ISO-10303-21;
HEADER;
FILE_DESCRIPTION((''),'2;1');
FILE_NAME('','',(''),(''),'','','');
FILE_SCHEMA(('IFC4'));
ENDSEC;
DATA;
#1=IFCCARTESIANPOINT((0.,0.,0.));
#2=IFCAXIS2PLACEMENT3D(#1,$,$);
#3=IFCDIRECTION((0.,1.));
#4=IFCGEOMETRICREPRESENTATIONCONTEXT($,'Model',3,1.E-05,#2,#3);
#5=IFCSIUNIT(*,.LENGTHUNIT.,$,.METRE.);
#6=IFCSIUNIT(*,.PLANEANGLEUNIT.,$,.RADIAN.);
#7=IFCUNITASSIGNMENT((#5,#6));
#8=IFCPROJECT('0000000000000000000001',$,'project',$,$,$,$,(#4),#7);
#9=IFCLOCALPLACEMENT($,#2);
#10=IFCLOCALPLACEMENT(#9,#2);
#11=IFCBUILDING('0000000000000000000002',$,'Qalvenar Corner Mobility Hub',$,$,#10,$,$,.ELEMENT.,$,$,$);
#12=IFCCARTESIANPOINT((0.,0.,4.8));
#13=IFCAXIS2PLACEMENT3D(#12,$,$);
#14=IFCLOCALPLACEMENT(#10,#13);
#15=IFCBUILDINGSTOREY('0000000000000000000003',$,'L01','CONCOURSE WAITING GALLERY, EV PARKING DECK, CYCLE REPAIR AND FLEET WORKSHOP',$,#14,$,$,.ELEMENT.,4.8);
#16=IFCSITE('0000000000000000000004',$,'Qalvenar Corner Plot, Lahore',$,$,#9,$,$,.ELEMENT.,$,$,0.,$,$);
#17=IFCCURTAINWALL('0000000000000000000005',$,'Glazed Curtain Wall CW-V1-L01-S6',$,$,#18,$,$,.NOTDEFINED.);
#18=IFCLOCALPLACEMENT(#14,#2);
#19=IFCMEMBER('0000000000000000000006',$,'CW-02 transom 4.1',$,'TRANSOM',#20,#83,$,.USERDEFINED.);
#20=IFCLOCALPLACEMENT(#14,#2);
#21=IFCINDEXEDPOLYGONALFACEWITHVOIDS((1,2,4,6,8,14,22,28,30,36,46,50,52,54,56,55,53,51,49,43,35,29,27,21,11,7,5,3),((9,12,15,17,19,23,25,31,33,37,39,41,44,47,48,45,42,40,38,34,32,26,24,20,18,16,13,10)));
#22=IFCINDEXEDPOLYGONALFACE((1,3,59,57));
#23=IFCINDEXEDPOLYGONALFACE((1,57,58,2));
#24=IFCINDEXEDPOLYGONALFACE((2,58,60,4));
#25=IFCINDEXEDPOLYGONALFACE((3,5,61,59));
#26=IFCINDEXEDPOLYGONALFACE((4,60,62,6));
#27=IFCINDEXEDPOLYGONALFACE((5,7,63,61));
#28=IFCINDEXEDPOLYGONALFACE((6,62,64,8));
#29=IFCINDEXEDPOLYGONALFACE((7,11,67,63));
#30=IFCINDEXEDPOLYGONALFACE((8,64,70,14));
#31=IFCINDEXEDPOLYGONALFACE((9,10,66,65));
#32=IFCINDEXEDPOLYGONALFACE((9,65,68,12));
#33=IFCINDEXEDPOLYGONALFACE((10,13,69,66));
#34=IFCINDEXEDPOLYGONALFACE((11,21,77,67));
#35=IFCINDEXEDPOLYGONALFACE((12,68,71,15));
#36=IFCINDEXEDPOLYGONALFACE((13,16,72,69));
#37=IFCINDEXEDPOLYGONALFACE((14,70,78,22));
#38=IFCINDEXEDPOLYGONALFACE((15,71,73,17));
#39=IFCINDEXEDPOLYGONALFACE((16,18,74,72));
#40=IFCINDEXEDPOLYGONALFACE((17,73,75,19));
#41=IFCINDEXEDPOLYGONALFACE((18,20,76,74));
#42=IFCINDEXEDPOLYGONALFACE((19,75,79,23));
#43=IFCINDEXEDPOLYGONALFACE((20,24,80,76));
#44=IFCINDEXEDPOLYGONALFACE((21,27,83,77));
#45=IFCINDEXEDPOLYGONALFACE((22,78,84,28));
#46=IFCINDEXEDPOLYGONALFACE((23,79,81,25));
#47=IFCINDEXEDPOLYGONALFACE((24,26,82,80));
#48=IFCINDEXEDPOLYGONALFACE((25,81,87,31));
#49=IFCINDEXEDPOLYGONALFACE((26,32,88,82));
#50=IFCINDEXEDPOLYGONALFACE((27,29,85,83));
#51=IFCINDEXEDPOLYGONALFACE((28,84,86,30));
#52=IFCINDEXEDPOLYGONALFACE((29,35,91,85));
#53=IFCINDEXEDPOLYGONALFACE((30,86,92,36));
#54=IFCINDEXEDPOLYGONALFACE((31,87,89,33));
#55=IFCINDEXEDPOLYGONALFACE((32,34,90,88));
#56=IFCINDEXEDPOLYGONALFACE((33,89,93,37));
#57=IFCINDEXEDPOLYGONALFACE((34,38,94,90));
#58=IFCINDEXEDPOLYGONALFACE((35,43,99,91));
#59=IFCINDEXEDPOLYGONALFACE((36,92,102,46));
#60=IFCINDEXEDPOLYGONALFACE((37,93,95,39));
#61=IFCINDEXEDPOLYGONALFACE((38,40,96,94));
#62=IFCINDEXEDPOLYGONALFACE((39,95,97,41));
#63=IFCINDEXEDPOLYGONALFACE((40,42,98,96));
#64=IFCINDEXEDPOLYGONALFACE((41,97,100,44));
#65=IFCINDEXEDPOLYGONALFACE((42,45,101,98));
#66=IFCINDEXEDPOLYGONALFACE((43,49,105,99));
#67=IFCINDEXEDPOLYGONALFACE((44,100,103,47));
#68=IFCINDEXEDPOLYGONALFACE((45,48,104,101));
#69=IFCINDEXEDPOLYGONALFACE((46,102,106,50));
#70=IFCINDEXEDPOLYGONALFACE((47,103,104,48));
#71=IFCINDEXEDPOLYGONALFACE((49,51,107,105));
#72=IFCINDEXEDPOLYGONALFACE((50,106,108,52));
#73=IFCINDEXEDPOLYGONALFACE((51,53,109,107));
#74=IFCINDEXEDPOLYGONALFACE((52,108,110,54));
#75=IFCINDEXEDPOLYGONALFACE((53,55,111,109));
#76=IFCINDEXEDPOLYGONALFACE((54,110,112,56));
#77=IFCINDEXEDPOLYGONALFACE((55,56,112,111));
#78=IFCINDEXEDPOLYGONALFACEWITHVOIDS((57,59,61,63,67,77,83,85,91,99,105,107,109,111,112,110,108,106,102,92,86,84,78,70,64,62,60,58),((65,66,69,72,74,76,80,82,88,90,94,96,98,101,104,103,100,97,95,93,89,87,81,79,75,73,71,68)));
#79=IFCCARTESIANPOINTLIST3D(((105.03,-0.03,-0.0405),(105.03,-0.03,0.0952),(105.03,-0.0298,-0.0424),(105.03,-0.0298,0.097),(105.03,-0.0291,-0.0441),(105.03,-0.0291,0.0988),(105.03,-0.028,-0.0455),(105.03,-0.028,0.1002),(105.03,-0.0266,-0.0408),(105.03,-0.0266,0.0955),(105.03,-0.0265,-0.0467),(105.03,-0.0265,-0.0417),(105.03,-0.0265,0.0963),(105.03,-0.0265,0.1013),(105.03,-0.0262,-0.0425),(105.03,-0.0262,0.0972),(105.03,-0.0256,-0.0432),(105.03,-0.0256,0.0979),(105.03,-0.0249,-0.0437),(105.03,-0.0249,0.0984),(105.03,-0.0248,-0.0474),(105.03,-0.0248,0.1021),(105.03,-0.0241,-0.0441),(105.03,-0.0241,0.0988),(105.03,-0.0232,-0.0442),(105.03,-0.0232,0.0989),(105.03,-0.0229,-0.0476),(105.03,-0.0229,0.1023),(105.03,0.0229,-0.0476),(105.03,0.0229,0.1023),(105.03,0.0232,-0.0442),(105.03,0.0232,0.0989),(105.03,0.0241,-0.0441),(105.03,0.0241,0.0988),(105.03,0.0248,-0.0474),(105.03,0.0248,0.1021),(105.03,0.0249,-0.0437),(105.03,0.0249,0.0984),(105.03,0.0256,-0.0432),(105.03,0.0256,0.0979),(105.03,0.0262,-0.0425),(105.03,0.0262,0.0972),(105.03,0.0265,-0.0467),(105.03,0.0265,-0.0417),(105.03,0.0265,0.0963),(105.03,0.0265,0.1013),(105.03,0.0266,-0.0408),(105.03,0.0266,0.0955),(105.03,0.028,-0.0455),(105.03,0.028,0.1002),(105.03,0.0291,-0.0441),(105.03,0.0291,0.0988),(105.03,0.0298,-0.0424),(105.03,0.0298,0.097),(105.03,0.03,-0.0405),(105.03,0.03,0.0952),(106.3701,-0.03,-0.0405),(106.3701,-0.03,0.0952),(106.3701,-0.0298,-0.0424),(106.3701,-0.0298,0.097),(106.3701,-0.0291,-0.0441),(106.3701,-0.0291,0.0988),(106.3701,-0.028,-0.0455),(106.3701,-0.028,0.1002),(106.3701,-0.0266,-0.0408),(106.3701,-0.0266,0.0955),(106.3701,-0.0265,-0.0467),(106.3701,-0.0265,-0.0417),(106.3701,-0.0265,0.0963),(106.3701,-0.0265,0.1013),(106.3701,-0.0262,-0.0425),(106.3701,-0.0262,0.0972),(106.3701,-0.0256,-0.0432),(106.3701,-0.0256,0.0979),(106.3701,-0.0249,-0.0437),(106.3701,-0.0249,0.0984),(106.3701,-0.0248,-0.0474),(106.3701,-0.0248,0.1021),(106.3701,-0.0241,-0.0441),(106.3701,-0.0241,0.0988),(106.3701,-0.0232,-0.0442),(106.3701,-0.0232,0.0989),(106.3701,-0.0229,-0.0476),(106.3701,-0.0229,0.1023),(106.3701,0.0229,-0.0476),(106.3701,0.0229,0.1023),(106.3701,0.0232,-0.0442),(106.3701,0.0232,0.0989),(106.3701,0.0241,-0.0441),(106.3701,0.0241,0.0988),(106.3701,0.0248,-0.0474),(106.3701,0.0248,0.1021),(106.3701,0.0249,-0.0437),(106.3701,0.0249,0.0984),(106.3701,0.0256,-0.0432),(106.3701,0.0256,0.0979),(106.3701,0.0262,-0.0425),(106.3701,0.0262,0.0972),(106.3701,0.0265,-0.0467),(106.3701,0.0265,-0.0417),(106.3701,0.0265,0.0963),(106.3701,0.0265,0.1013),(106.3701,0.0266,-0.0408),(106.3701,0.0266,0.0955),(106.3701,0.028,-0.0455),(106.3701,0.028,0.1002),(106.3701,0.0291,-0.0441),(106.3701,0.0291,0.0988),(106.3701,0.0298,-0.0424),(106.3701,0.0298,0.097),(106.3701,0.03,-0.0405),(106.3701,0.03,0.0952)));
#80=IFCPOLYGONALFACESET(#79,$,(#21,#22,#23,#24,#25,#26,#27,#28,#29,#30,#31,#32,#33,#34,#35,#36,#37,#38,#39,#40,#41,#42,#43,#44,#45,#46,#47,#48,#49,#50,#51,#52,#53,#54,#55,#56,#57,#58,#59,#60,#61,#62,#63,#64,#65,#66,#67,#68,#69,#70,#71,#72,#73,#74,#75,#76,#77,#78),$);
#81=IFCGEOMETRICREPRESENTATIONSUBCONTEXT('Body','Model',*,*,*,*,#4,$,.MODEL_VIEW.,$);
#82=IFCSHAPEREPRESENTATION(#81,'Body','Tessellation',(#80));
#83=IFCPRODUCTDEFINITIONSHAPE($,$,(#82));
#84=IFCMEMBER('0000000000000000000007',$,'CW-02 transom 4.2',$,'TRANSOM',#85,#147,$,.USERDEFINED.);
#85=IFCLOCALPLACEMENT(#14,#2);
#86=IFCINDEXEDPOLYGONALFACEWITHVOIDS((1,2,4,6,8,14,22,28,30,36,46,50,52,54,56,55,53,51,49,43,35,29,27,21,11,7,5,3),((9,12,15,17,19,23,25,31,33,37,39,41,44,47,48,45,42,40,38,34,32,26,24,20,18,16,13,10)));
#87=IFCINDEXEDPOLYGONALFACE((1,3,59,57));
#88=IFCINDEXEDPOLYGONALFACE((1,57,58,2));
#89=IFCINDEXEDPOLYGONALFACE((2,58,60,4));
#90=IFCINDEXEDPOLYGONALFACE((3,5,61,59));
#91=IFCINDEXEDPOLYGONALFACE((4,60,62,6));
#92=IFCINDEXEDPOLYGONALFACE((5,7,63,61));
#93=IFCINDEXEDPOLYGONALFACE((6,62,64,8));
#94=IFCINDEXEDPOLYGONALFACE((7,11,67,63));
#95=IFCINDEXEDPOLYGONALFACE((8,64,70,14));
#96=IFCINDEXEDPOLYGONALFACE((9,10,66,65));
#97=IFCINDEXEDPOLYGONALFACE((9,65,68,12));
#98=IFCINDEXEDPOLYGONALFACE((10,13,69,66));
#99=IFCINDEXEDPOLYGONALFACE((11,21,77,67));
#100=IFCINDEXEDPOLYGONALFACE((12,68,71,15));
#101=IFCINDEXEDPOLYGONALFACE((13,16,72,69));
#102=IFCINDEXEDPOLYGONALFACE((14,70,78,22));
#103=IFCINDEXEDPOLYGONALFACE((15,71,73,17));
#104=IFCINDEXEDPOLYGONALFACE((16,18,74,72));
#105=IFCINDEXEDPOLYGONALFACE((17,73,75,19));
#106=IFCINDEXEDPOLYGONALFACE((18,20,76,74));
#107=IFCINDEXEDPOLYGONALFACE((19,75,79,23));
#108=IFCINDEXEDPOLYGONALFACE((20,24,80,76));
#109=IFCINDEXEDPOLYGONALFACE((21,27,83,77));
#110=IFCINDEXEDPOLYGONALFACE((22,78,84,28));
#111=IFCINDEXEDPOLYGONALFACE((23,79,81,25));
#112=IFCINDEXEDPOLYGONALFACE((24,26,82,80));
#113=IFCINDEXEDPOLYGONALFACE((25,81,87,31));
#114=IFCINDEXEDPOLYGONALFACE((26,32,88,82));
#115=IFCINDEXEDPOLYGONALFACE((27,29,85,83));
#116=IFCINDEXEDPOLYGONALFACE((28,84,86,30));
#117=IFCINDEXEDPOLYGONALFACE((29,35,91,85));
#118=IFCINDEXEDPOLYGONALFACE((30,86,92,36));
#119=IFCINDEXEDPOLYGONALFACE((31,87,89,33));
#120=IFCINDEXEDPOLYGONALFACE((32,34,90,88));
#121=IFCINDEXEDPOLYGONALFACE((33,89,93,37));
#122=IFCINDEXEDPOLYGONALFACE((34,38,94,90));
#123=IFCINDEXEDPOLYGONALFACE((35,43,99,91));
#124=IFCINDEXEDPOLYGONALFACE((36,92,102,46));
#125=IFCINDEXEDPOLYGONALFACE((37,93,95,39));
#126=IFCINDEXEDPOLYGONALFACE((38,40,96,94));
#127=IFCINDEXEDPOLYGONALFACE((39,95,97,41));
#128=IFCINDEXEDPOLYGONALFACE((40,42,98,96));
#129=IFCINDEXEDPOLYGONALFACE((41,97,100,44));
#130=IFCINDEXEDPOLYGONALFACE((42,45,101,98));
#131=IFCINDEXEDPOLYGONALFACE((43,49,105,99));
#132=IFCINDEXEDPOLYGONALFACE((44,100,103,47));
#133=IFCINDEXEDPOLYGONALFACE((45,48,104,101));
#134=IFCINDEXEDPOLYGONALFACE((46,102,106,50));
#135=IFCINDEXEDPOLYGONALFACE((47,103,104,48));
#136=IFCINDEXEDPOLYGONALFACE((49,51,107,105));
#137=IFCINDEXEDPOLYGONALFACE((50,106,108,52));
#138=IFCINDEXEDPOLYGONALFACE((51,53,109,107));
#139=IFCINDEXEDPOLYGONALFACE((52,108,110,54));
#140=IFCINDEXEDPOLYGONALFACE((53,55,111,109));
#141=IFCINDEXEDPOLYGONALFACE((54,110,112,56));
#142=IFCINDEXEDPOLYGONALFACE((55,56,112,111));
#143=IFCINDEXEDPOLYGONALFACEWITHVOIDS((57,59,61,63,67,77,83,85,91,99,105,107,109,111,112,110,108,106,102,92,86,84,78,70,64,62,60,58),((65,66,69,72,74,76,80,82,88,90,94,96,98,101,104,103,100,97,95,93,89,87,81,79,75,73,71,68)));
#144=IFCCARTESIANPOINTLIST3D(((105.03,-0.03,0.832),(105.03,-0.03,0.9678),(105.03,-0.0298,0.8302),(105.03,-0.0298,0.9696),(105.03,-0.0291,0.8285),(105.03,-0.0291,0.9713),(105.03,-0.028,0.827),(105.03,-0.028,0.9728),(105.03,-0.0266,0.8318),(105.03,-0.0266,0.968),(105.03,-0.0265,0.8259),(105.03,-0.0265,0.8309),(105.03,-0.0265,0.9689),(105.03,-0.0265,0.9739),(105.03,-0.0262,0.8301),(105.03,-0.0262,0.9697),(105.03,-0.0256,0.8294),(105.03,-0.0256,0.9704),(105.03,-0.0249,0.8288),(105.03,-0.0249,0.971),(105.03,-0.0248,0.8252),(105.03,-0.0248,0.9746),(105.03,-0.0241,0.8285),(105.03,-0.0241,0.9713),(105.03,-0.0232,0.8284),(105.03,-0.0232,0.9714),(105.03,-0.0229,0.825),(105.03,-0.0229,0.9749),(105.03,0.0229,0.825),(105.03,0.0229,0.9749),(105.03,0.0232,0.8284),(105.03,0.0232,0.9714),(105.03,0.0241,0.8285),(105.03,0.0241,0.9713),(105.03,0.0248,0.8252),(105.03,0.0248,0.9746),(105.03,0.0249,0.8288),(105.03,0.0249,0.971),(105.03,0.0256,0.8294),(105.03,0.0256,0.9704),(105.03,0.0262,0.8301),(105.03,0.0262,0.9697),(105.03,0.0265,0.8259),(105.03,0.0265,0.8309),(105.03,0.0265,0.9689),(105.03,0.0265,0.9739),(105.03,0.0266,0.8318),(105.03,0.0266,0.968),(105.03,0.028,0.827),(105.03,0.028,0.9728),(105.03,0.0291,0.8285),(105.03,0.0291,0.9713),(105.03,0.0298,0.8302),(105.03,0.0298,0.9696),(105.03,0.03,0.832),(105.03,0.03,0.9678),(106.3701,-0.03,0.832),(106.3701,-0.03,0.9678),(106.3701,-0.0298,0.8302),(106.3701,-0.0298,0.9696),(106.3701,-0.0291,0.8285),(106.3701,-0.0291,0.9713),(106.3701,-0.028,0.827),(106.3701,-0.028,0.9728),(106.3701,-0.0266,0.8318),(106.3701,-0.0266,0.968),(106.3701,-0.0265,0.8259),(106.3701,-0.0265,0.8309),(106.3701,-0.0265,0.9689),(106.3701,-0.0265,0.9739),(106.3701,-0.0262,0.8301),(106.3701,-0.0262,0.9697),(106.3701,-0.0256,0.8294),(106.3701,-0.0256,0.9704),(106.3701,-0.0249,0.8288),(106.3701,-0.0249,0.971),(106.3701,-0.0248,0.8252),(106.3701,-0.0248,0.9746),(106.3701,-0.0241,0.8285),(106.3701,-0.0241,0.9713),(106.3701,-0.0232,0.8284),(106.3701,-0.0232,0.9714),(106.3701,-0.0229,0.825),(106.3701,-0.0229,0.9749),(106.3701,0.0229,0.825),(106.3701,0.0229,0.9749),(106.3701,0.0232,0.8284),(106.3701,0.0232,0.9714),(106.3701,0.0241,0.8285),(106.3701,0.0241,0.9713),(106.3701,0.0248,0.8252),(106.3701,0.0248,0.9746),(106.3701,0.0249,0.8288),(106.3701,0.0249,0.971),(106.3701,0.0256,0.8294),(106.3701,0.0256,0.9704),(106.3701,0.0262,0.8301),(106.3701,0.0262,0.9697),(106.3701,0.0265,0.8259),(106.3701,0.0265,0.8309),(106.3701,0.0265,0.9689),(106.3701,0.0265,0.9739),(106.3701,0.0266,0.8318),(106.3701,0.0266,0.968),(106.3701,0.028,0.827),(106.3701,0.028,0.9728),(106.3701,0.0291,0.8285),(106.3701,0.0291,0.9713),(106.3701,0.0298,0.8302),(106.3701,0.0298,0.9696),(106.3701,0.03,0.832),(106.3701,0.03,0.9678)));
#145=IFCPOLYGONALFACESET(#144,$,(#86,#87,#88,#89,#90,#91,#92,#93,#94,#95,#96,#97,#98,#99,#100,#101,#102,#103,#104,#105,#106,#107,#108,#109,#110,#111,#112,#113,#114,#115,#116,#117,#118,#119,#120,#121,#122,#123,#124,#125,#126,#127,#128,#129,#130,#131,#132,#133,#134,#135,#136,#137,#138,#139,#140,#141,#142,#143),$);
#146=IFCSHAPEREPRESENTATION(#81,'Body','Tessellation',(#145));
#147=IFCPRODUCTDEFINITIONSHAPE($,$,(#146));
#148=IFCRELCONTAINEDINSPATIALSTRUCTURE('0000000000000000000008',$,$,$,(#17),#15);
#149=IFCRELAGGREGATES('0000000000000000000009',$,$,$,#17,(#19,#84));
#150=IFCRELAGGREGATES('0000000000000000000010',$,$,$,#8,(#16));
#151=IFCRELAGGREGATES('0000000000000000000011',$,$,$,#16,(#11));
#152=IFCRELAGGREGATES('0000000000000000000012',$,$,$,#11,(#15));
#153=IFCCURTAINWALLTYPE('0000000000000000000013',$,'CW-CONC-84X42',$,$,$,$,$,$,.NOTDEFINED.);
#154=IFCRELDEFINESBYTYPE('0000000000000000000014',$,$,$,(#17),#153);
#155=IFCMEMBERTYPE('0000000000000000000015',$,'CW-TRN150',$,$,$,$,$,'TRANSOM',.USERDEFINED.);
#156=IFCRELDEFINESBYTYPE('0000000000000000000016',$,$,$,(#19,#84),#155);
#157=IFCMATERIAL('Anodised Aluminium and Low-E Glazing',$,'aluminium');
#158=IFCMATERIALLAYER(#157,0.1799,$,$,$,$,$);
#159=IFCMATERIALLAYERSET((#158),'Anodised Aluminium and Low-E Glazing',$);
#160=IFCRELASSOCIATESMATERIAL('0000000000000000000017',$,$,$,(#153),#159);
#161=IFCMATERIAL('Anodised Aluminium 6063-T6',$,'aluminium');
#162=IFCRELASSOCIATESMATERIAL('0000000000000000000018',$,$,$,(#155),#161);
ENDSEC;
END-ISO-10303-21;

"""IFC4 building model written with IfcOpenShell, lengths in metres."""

from ifc_helpers import new_model, si_unit, direction, frame, origin, origin_2d, place, context, subcontext, project, spatial, hollow_rectangle, extrude, material, layer, layer_set, material_profile, profile_set, type_object, element, aggregate, save


model = new_model("IFC4")

# Units and contexts
model_context = context("Model", 3, precision=1e-05, world=origin(), true_north=direction((0.0, 1.0)))
body_context = subcontext(model_context, "Body", "Model", "MODEL_VIEW")
ifc_project = project(units=[si_unit("LENGTHUNIT", "METRE"), si_unit("PLANEANGLEUNIT", "RADIAN")], contexts=[model_context])

# Site, building, storey
site_placement = place(None, origin())
site = spatial("IfcSite", under=ifc_project, at=site_placement, Name="Qalvenar Corner Plot, Lahore", CompositionType="ELEMENT", RefElevation=0.0)
building_placement = place(site_placement, origin())
building = spatial("IfcBuilding", under=site, at=building_placement, Name="Qalvenar Corner Mobility Hub", CompositionType="ELEMENT")
storey_placement = place(building_placement, frame((0.0, 0.0, 4.8)))
storey = spatial("IfcBuildingStorey", under=building, at=storey_placement, Name="L01", Description="CONCOURSE WAITING GALLERY, EV PARKING DECK, CYCLE REPAIR AND FLEET WORKSHOP", CompositionType="ELEMENT", Elevation=4.8)

# Curtain wall, members
ifc_material_1 = material(Name="Anodised Aluminium and Low-E Glazing", Category="aluminium")
ifc_layer_1 = layer(ifc_material_1, 0.1799)
ifc_layer_set_1 = layer_set([ifc_layer_1], Name="Anodised Aluminium and Low-E Glazing")
curtain_wall_type = type_object("IfcCurtainWallType", Name="CW-CONC-84X42", PredefinedType="NOTDEFINED", material=ifc_layer_set_1)
curtain_wall_placement = place(storey_placement, origin())
curtain_wall = element("IfcCurtainWall", 1, at=curtain_wall_placement, inside=storey, type_object=curtain_wall_type, Name="Glazed Curtain Wall CW-V1-L01-S6", PredefinedType="NOTDEFINED")
ifc_material_2 = material(Name="Anodised Aluminium 6063-T6", Category="aluminium")
ifc_material_profile_1 = material_profile(ifc_material_2, hollow_rectangle(XDim=0.0601, YDim=0.1499, WallThickness=0.0034, InnerFilletRadius=0.0034, OuterFilletRadius=0.0071, at=origin_2d()), Name="RHS150x60x3.5")
ifc_profile_set_1 = profile_set([ifc_material_profile_1], Name="Anodised Aluminium 6063-T6")
member_type_1 = type_object("IfcMemberType", Name="CW-TRN150", ElementType="TRANSOM", PredefinedType="USERDEFINED", material=ifc_profile_set_1)
member_1_placement = place(storey_placement, frame((105.03, 0.0, 0.0273), z_axis=(1.0, 0.0, 0.0), x_axis=(0.0, 1.0, 0.0)))
member_1 = element("IfcMember", 2, at=member_1_placement, type_object=member_type_1, Name="CW-02 transom 4.1", ObjectType="TRANSOM", PredefinedType="USERDEFINED", context=body_context, shape_type="SweptSolid", body=[
    extrude(hollow_rectangle(XDim=0.0601, YDim=0.1499, WallThickness=0.0034, InnerFilletRadius=0.0034, OuterFilletRadius=0.0071, at=origin_2d()), origin(), (0.0, 0.0, 1.0), 1.3401),
])
member_2_placement = place(storey_placement, frame((105.03, 0.0, 0.8999), z_axis=(1.0, 0.0, 0.0), x_axis=(0.0, 1.0, 0.0)))
member_2 = element("IfcMember", 3, at=member_2_placement, type_object=member_type_1, Name="CW-02 transom 4.2", ObjectType="TRANSOM", PredefinedType="USERDEFINED", context=body_context, shape_type="SweptSolid", body=[
    extrude(hollow_rectangle(XDim=0.0601, YDim=0.1499, WallThickness=0.0034, InnerFilletRadius=0.0034, OuterFilletRadius=0.0071, at=origin_2d()), origin(), (0.0, 0.0, 1.0), 1.3401),
])
aggregate(curtain_wall, [member_1, member_2])

save(model, "model.ifc")
